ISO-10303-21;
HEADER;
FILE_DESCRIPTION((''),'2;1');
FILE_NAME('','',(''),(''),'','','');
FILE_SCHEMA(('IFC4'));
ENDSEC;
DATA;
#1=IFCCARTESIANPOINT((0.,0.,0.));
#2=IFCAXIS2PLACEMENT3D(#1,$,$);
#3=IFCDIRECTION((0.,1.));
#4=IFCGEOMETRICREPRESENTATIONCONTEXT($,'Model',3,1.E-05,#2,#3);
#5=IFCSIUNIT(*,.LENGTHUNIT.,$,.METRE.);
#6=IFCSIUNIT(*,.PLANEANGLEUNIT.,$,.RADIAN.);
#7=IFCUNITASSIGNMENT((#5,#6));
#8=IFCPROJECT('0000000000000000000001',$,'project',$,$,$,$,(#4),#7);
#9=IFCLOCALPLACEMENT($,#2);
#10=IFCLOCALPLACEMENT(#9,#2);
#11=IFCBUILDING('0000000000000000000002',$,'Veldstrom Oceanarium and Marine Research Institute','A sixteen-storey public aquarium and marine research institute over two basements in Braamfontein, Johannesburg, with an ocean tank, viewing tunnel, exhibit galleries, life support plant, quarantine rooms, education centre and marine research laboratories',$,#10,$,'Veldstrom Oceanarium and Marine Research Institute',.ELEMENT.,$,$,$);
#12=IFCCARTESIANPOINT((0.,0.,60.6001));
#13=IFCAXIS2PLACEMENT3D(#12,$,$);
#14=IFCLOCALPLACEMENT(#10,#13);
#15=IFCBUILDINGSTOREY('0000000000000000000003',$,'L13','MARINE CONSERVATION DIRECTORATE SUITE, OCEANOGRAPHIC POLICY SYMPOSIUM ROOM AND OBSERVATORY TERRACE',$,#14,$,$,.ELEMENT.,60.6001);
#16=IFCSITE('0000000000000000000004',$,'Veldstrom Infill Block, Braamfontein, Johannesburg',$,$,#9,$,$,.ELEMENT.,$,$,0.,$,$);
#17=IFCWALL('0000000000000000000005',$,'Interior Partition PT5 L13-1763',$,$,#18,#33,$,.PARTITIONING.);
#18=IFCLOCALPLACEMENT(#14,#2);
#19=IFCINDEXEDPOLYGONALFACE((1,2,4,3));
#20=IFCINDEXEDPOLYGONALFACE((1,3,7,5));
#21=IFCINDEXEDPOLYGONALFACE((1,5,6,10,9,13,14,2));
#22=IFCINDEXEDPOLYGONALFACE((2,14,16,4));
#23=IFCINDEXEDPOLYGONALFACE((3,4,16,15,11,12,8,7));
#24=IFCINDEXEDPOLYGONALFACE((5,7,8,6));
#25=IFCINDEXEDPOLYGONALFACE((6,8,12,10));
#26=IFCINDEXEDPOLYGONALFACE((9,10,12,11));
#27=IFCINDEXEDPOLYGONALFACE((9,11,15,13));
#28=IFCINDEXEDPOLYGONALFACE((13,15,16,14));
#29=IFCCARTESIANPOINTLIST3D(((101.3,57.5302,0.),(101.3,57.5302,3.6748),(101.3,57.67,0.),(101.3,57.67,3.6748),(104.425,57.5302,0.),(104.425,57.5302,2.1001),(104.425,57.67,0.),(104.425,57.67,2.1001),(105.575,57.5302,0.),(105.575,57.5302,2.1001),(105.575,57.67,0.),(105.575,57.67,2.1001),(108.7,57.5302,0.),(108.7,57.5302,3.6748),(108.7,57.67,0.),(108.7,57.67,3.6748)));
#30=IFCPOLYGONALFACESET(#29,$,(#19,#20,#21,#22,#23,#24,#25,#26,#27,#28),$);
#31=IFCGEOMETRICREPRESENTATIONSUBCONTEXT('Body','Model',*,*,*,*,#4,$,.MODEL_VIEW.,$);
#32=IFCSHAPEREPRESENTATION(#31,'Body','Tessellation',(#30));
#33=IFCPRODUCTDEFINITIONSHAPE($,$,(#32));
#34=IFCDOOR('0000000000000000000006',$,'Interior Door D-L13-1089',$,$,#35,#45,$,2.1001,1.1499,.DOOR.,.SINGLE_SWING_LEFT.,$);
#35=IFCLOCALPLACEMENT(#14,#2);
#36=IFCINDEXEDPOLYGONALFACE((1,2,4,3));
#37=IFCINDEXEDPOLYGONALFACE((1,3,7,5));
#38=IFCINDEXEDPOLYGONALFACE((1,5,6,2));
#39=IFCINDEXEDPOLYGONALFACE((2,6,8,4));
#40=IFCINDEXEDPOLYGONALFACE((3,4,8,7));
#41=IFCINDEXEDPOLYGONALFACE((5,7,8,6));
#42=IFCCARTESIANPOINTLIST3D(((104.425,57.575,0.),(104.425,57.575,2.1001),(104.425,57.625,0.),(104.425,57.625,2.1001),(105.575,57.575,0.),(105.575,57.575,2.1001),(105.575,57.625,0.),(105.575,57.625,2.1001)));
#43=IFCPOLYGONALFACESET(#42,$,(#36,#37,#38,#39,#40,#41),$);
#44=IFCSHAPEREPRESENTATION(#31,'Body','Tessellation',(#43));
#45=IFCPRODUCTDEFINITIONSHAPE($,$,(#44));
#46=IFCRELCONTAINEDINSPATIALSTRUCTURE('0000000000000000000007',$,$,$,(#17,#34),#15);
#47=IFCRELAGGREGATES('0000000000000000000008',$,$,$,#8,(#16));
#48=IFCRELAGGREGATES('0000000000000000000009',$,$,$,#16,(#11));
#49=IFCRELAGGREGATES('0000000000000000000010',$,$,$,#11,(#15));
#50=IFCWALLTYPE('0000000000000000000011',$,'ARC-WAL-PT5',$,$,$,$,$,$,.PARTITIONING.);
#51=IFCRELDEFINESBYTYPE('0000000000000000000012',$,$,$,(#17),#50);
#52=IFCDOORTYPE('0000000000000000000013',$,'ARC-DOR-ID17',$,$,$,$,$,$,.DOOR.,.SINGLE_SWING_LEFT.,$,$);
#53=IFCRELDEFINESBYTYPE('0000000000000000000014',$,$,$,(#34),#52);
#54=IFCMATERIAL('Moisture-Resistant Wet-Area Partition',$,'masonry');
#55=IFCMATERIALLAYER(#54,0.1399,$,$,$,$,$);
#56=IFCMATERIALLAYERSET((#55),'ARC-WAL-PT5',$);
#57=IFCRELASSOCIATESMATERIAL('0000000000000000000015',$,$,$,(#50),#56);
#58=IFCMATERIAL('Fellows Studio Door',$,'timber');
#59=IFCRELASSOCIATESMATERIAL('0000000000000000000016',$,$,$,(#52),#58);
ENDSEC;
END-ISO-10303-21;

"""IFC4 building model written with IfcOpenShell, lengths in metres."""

from ifc_helpers import new_model, si_unit, direction, frame, frame_2d, origin, place, context, subcontext, project, spatial, rectangle, extrude, material, layer, layer_set, type_object, element, fill, save


model = new_model("IFC4")

# Units and contexts
model_context = context("Model", 3, precision=1e-05, world=origin(), true_north=direction((0.0, 1.0)))
body_context = subcontext(model_context, "Body", "Model", "MODEL_VIEW")
ifc_project = project(units=[si_unit("LENGTHUNIT", "METRE"), si_unit("PLANEANGLEUNIT", "RADIAN")], contexts=[model_context])

# Site, building, storey
site_placement = place(None, origin())
site = spatial("IfcSite", under=ifc_project, at=site_placement, Name="Veldstrom Infill Block, Braamfontein, Johannesburg", CompositionType="ELEMENT", RefElevation=0.0)
building_placement = place(site_placement, origin())
building = spatial("IfcBuilding", under=site, at=building_placement, Name="Veldstrom Oceanarium and Marine Research Institute", Description="A sixteen-storey public aquarium and marine research institute over two basements in Braamfontein, Johannesburg, with an ocean tank, viewing tunnel, exhibit galleries, life support plant, quarantine rooms, education centre and marine research laboratories", LongName="Veldstrom Oceanarium and Marine Research Institute", CompositionType="ELEMENT")
storey_placement = place(building_placement, frame((0.0, 0.0, 60.6001)))
storey = spatial("IfcBuildingStorey", under=building, at=storey_placement, Name="L13", Description="MARINE CONSERVATION DIRECTORATE SUITE, OCEANOGRAPHIC POLICY SYMPOSIUM ROOM AND OBSERVATORY TERRACE", CompositionType="ELEMENT", Elevation=60.6001)

# Wall, opening, door
ifc_material_1 = material(Name="Moisture-Resistant Wet-Area Partition", Category="masonry")
ifc_layer_1 = layer(ifc_material_1, 0.1399)
ifc_layer_set_1 = layer_set([ifc_layer_1], Name="ARC-WAL-PT5")
wall_type_1 = type_object("IfcWallType", Name="ARC-WAL-PT5", PredefinedType="PARTITIONING", material=ifc_layer_set_1)
wall_1_placement = place(storey_placement, frame((101.3, 57.6001, 0.0), z_axis=(0.0, 0.0, 1.0), x_axis=(1.0, 0.0, 0.0)))
wall_1 = element("IfcWall", 1, at=wall_1_placement, inside=storey, type_object=wall_type_1, Name="Interior Partition PT5 L13-1763", PredefinedType="PARTITIONING", context=body_context, shape_type="SweptSolid", body=[
    extrude(rectangle(XDim=7.3999, YDim=0.1399, at=frame_2d((3.7, 0.0))), origin(), (0.0, 0.0, 1.0), 3.6748),
])
opening_1_placement = place(wall_1_placement, frame((3.125, 0.0, 0.0)))
opening_1 = element("IfcOpeningElement", 2, at=opening_1_placement, cuts=wall_1, PredefinedType="OPENING", context=body_context, shape_type="SweptSolid", body=[
    extrude(rectangle(XDim=1.1499, YDim=2.1001, at=frame_2d((0.575, 1.05))), frame((0.0, 0.0798, 0.0), z_axis=(0.0, -1.0, 0.0), x_axis=(1.0, 0.0, 0.0)), (0.0, 0.0, 1.0), 0.1599),
])
ifc_material_2 = material(Name="Fellows Studio Door", Category="timber")
door_type_1 = type_object("IfcDoorType", Name="ARC-DOR-ID17", OperationType="SINGLE_SWING_LEFT", PredefinedType="DOOR", material=ifc_material_2)
door_1_placement = place(opening_1_placement, origin())
door_1 = element("IfcDoor", 3, at=door_1_placement, inside=storey, type_object=door_type_1, Name="Interior Door D-L13-1089", OperationType="SINGLE_SWING_LEFT", OverallHeight=2.1001, OverallWidth=1.1499, PredefinedType="DOOR", context=body_context, shape_type="SweptSolid", body=[
    extrude(rectangle(XDim=1.1499, YDim=2.1001, at=frame_2d((0.575, 1.05))), frame((0.0, 0.0249, 0.0), z_axis=(0.0, -1.0, 0.0), x_axis=(1.0, 0.0, 0.0)), (0.0, 0.0, 1.0), 0.05),
])
fill(opening_1, door_1)

save(model, "model.ifc")
